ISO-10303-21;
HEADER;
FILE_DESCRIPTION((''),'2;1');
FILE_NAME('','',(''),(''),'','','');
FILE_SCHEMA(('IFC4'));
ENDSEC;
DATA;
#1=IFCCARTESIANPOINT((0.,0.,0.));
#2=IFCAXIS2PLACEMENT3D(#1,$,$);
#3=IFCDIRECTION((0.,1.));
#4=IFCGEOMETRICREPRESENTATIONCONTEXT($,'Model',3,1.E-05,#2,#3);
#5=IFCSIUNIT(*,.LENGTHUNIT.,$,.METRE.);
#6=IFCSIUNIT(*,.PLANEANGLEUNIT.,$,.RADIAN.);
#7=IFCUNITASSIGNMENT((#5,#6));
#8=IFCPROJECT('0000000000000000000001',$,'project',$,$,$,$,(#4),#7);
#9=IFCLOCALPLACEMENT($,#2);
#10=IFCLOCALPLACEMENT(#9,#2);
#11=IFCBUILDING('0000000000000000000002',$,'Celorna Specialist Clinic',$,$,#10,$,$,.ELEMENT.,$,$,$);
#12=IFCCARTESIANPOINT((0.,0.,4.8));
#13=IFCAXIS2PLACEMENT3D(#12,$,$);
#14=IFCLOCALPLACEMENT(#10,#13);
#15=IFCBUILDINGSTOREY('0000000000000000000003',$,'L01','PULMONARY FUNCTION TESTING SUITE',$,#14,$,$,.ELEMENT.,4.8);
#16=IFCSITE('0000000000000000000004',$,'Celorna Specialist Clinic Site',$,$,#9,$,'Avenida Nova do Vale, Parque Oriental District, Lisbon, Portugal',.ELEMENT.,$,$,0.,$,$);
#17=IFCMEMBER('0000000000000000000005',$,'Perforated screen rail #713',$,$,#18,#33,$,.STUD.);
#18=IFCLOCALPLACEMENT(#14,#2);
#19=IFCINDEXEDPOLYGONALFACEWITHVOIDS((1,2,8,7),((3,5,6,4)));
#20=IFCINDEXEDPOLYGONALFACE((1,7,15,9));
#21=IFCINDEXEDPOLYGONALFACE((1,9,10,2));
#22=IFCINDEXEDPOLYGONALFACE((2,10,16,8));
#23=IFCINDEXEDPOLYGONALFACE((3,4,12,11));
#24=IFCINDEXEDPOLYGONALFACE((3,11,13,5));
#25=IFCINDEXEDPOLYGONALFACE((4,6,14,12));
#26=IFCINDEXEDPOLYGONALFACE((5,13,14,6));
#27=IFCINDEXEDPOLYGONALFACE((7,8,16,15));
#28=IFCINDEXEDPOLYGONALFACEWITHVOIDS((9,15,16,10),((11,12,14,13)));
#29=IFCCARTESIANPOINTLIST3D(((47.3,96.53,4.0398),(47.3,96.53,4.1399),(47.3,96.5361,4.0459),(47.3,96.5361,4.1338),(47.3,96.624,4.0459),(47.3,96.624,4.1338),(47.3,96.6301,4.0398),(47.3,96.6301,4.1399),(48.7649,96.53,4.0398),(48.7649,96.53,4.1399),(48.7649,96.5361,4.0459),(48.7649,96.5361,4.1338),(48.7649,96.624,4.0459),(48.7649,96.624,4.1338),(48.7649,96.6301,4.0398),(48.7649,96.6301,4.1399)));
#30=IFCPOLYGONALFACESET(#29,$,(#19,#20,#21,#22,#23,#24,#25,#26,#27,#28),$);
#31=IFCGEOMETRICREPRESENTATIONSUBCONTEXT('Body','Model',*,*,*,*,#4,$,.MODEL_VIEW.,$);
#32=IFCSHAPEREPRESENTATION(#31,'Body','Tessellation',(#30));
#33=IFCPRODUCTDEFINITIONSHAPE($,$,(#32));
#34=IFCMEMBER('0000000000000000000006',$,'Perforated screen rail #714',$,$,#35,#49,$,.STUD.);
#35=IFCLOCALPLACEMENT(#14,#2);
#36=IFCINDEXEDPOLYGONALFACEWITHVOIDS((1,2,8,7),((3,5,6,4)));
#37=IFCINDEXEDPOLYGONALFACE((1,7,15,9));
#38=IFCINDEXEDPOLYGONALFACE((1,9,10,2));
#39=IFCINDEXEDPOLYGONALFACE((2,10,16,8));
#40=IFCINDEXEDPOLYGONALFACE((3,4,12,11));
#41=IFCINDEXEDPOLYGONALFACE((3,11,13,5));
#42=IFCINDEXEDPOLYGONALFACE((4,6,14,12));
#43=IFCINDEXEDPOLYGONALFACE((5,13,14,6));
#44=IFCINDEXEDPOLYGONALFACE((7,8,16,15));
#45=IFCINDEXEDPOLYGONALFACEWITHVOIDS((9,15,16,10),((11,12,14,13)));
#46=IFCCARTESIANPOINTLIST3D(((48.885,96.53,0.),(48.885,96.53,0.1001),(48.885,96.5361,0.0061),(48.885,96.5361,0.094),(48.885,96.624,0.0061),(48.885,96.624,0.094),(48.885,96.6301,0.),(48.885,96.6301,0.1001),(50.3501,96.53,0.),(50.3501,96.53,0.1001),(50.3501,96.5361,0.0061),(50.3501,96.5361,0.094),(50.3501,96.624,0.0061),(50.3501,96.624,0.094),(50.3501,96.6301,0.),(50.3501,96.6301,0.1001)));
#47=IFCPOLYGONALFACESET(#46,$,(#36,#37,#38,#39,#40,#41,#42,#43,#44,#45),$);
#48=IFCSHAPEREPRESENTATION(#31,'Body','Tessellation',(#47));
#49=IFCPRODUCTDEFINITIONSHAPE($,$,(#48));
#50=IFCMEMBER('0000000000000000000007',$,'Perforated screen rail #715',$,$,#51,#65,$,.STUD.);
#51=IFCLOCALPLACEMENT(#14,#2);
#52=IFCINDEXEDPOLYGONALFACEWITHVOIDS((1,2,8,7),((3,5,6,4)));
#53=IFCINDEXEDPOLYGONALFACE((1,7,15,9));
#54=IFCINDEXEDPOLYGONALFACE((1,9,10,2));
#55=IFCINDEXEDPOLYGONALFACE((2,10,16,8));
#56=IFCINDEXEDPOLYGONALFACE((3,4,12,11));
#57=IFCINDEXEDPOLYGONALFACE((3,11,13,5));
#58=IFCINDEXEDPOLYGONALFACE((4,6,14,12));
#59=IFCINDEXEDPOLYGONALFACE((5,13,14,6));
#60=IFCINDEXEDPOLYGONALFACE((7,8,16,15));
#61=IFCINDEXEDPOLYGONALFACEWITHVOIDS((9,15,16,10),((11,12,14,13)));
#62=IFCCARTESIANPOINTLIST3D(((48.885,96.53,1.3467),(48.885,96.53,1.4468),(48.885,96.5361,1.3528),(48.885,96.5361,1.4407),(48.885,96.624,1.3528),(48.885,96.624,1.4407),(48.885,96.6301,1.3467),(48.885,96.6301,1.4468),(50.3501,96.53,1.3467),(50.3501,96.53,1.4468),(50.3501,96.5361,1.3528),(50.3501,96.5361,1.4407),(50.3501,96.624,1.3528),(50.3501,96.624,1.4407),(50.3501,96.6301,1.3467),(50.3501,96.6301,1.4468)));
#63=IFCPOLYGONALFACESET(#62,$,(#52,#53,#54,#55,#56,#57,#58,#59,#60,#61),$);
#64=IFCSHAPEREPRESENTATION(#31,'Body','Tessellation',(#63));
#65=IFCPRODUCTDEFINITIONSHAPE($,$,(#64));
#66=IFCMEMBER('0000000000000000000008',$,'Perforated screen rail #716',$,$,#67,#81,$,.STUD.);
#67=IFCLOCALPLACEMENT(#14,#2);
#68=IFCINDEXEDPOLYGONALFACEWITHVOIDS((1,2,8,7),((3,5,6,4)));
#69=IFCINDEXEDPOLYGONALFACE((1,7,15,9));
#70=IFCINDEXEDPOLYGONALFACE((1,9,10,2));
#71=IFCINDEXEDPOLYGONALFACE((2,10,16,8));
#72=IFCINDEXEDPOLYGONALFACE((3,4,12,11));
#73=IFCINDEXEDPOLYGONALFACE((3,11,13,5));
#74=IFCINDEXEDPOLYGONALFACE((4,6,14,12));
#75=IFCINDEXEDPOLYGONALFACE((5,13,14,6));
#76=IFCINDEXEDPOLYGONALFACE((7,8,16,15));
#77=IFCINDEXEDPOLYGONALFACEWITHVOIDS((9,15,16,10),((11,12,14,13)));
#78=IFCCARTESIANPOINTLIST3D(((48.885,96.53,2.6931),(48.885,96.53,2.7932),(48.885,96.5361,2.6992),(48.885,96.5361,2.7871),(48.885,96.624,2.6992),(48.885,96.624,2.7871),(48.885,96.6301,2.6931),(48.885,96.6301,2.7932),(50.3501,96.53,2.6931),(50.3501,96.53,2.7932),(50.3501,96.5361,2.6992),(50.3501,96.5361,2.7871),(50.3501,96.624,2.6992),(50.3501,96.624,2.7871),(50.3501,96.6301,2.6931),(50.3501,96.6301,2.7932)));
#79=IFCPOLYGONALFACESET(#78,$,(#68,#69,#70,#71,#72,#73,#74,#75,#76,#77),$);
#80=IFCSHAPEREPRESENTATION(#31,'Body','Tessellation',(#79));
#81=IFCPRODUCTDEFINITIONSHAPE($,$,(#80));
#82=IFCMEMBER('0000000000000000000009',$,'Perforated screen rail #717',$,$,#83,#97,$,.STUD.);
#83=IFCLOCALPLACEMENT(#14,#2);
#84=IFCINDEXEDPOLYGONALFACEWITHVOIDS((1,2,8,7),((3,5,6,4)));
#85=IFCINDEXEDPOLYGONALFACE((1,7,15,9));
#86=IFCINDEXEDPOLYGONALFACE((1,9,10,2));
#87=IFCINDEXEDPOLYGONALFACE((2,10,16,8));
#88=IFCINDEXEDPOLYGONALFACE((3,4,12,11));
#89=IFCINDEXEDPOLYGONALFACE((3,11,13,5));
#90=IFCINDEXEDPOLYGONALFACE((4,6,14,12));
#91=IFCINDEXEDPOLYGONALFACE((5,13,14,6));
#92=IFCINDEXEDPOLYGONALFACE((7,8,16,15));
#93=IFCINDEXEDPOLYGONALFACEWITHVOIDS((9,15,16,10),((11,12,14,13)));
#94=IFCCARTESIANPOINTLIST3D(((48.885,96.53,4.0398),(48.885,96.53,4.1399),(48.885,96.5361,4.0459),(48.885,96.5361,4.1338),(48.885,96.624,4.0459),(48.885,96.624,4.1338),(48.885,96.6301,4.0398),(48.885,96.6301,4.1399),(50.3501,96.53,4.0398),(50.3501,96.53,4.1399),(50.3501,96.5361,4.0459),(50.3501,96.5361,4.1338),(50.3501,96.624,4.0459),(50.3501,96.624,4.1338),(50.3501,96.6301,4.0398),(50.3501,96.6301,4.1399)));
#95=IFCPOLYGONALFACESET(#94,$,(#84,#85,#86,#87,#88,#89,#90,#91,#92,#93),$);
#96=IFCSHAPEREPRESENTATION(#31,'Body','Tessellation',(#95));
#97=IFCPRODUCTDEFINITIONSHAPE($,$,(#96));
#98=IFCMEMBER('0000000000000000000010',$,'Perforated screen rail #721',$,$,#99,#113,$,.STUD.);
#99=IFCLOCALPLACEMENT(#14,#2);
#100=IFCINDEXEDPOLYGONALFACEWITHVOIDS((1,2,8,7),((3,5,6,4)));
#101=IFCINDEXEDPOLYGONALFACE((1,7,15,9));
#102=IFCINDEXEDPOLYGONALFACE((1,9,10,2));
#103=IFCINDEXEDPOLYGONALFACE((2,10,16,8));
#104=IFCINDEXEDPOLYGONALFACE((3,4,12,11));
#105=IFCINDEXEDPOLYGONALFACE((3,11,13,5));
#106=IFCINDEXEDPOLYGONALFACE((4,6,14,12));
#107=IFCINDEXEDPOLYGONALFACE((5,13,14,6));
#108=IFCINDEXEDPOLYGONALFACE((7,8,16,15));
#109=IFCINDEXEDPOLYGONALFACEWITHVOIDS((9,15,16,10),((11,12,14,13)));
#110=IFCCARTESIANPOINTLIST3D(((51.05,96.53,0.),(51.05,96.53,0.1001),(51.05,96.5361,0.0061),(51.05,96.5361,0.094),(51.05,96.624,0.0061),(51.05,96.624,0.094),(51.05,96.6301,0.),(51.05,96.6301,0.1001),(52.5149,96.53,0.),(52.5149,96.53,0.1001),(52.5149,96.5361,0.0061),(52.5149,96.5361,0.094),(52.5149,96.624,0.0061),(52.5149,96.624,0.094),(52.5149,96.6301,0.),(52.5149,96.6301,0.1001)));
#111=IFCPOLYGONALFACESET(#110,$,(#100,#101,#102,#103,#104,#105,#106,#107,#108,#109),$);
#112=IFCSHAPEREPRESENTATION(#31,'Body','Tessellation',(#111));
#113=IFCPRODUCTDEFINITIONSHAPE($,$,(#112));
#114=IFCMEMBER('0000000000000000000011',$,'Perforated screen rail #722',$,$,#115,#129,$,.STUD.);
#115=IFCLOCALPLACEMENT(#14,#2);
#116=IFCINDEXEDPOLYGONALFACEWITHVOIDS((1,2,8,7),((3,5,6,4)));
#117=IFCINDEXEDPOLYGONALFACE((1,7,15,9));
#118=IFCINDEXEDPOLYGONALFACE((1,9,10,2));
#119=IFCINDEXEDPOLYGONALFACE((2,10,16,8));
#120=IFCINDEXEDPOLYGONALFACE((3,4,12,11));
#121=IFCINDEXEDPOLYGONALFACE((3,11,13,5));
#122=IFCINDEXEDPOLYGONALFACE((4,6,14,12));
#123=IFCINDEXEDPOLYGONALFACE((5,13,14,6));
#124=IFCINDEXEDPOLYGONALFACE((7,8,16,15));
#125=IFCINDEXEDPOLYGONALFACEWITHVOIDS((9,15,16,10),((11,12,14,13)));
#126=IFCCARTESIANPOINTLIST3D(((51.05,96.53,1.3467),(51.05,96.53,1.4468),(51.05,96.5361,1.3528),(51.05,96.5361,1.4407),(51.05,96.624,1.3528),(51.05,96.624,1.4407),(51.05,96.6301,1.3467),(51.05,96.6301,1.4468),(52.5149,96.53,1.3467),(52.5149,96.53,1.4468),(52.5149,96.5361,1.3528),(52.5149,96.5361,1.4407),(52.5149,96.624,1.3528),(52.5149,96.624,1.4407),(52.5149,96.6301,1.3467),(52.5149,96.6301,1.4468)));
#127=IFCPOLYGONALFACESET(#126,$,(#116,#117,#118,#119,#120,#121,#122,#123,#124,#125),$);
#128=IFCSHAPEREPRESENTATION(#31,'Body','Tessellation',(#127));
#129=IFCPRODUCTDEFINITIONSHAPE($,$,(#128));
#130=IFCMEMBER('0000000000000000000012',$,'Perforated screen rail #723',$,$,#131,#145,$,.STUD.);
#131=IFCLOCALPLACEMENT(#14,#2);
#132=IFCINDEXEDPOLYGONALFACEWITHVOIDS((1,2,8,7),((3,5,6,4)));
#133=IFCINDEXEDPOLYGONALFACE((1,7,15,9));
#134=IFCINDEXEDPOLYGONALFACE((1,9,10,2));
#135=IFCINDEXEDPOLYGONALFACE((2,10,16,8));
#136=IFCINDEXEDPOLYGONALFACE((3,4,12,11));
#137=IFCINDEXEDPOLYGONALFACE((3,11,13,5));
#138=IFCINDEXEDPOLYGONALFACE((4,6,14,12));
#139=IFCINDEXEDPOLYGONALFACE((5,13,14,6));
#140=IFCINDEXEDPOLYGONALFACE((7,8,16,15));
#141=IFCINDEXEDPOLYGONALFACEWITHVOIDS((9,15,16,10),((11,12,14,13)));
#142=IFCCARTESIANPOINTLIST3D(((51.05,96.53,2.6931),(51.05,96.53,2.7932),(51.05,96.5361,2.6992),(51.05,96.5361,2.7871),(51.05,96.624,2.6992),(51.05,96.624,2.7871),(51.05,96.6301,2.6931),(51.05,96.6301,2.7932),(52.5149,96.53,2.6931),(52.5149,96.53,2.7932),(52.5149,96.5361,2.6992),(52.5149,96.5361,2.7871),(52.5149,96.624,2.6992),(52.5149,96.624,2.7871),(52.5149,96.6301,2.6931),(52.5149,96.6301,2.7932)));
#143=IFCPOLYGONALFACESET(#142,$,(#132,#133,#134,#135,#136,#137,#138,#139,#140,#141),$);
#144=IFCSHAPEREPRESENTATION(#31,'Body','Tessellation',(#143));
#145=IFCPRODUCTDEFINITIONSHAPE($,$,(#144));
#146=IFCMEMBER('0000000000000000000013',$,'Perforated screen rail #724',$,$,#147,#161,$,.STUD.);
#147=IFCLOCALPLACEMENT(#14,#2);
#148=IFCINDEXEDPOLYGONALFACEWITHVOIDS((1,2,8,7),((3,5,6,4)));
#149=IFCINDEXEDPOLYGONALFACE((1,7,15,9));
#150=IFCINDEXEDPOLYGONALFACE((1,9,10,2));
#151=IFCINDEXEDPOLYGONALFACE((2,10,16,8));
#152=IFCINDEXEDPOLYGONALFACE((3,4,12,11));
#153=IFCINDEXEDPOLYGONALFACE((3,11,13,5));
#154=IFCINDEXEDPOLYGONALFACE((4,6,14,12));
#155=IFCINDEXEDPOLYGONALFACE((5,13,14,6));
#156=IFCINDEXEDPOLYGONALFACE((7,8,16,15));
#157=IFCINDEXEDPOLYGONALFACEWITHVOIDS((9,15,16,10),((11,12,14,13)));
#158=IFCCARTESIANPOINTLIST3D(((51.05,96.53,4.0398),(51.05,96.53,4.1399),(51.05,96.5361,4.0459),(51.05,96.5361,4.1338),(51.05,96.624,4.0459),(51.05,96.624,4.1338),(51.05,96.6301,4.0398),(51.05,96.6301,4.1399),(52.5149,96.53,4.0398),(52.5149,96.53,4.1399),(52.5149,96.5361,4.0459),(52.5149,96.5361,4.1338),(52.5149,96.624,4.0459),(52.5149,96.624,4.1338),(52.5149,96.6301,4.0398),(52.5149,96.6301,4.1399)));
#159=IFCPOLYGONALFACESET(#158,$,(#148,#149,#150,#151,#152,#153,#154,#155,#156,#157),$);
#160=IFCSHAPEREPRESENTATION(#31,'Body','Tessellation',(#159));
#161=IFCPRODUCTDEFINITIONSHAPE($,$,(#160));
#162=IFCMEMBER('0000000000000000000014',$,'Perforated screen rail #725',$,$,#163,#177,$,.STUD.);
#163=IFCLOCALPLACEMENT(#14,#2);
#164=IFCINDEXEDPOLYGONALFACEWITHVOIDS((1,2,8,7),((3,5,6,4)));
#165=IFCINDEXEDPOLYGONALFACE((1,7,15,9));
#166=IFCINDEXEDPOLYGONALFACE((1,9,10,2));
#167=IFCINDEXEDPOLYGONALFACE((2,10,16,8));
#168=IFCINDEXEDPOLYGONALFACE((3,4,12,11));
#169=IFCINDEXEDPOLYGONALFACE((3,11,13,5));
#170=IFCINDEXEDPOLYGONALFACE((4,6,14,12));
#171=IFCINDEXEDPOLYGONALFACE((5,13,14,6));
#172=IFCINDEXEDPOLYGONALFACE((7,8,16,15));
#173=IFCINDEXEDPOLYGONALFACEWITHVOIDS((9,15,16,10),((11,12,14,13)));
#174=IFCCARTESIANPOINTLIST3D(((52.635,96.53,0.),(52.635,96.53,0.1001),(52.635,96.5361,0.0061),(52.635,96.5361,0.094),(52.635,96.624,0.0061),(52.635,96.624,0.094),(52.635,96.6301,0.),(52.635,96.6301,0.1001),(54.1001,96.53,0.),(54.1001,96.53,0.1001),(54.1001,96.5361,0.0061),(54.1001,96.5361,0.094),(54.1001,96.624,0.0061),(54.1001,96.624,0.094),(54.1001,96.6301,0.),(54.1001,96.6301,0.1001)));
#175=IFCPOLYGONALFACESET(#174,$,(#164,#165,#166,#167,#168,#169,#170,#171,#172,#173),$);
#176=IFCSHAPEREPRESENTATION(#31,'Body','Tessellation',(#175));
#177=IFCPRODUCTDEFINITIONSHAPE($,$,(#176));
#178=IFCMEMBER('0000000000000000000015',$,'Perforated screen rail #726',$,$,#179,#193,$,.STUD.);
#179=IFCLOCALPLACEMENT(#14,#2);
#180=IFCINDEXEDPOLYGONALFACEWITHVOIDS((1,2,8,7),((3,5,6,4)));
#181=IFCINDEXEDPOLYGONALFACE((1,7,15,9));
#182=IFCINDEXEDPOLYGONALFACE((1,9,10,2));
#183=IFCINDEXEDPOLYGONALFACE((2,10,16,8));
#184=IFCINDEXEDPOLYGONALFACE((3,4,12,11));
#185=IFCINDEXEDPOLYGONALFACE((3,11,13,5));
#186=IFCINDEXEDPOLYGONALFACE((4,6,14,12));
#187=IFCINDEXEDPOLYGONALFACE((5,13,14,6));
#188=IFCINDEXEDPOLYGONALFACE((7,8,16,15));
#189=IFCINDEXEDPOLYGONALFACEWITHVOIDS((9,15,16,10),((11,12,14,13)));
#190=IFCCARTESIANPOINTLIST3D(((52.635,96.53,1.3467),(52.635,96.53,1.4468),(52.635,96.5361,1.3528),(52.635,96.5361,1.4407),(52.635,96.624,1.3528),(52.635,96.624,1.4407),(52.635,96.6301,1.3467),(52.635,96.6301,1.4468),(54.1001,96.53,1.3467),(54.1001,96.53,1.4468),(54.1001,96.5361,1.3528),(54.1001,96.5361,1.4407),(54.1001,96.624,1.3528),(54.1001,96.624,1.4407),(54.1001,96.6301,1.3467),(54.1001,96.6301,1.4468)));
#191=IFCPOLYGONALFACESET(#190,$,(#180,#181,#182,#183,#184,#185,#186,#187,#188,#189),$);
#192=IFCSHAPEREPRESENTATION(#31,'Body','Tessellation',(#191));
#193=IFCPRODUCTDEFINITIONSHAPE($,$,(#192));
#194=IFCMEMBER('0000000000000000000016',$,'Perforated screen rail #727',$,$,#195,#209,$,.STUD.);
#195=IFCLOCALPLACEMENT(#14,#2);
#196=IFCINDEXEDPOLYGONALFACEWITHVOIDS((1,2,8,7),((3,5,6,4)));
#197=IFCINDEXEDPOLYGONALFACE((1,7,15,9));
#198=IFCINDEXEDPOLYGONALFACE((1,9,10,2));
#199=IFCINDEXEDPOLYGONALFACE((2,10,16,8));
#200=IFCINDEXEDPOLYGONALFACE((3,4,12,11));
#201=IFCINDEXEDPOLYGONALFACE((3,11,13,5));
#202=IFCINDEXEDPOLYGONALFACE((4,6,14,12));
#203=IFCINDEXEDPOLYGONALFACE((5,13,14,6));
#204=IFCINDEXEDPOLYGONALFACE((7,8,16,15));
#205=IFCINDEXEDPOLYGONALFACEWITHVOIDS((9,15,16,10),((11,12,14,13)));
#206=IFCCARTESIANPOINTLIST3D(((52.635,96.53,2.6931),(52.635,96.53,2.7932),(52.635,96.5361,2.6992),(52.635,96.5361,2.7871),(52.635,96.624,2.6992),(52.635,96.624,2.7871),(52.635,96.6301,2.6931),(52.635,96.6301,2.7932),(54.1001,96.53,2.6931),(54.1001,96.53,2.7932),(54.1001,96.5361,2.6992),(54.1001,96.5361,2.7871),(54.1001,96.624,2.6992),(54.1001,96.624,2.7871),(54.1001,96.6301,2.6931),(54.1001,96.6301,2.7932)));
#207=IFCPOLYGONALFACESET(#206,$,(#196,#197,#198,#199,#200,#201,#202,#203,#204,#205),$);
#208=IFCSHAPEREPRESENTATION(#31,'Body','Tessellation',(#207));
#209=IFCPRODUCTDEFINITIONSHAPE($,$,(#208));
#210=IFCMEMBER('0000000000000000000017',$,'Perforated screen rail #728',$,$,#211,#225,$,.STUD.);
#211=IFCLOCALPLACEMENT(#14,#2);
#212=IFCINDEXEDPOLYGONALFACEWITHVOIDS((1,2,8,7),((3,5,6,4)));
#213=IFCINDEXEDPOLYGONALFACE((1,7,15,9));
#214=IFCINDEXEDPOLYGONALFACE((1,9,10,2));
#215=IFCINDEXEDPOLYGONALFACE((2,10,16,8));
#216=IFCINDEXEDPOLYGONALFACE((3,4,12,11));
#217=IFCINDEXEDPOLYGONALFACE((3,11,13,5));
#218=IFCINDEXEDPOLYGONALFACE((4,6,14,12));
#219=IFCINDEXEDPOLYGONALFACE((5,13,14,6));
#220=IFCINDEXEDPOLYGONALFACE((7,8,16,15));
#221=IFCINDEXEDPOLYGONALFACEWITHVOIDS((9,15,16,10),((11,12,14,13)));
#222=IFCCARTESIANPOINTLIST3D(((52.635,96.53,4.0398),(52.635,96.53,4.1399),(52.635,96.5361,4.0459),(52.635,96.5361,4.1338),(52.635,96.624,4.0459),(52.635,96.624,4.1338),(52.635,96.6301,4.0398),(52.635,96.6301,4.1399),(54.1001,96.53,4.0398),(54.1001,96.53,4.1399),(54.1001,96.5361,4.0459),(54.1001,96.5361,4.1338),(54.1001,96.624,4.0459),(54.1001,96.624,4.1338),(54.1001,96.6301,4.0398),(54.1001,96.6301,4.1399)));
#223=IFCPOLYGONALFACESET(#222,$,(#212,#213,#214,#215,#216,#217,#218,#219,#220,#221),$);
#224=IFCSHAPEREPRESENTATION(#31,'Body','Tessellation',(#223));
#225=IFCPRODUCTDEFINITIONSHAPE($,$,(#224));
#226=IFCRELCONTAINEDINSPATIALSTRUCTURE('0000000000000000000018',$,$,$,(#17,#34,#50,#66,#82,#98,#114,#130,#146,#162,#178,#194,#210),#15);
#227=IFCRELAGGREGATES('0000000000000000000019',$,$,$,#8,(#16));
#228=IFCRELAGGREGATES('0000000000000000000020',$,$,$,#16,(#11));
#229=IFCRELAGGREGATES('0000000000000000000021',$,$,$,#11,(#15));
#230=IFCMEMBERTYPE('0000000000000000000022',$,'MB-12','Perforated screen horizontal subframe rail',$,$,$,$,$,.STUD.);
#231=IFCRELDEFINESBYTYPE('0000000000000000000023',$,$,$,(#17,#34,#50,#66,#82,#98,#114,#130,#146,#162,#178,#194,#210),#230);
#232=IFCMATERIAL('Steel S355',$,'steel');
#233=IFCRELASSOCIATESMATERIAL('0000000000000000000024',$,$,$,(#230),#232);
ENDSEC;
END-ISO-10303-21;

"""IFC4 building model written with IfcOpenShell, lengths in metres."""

from ifc_helpers import new_model, si_unit, direction, frame, origin, origin_2d, place, context, subcontext, project, spatial, hollow_rectangle, extrude, material, material_profile, profile_set, type_object, element, save


model = new_model("IFC4")

# Units and contexts
model_context = context("Model", 3, precision=1e-05, world=origin(), true_north=direction((0.0, 1.0)))
body_context = subcontext(model_context, "Body", "Model", "MODEL_VIEW")
ifc_project = project(units=[si_unit("LENGTHUNIT", "METRE"), si_unit("PLANEANGLEUNIT", "RADIAN")], contexts=[model_context])

# Site, building, storey
site_placement = place(None, origin())
site = spatial("IfcSite", under=ifc_project, at=site_placement, Name="Celorna Specialist Clinic Site", LongName="Avenida Nova do Vale, Parque Oriental District, Lisbon, Portugal", CompositionType="ELEMENT", RefElevation=0.0)
building_placement = place(site_placement, origin())
building = spatial("IfcBuilding", under=site, at=building_placement, Name="Celorna Specialist Clinic", CompositionType="ELEMENT")
storey_placement = place(building_placement, frame((0.0, 0.0, 4.8)))
storey = spatial("IfcBuildingStorey", under=building, at=storey_placement, Name="L01", Description="PULMONARY FUNCTION TESTING SUITE", CompositionType="ELEMENT", Elevation=4.8)

# Shared definitions
ifc_material_1 = material(Name="Steel S355", Category="steel")

# Members
ifc_material_profile_1 = material_profile(ifc_material_1, hollow_rectangle(XDim=0.1001, YDim=0.1001, WallThickness=0.0061, at=origin_2d()), Name="SHS 100x100x6")
ifc_profile_set_1 = profile_set([ifc_material_profile_1], Name="Steel S355")
member_type_1 = type_object("IfcMemberType", Name="MB-12", Description="Perforated screen horizontal subframe rail", PredefinedType="STUD", material=ifc_profile_set_1)
for number, where, z_axis, x_axis, name in (
    (1, (47.3, 96.5801, 4.0898), (1.0, 0.0, 0.0), (0.0, 1.0, 0.0), "Perforated screen rail #713"),
):
    element("IfcMember", number, at=place(storey_placement, frame(where, z_axis=z_axis, x_axis=x_axis)), inside=storey, type_object=member_type_1, Name=name, PredefinedType="STUD", context=body_context, shape_type="SweptSolid", body=[
        extrude(hollow_rectangle(XDim=0.1001, YDim=0.1001, WallThickness=0.0061, at=origin_2d()), origin(), (0.0, 0.0, 1.0), 1.4648),
    ])
for number, where, z_axis, x_axis, name in (
    (2, (48.885, 96.5801, 0.05), (1.0, 0.0, 0.0), (0.0, 1.0, 0.0), "Perforated screen rail #714"),
    (3, (48.885, 96.5801, 1.3967), (1.0, 0.0, 0.0), (0.0, 1.0, 0.0), "Perforated screen rail #715"),
    (4, (48.885, 96.5801, 2.7432), (1.0, 0.0, 0.0), (0.0, 1.0, 0.0), "Perforated screen rail #716"),
    (5, (48.885, 96.5801, 4.0898), (1.0, 0.0, 0.0), (0.0, 1.0, 0.0), "Perforated screen rail #717"),
):
    element("IfcMember", number, at=place(storey_placement, frame(where, z_axis=z_axis, x_axis=x_axis)), inside=storey, type_object=member_type_1, Name=name, PredefinedType="STUD", context=body_context, shape_type="SweptSolid", body=[
        extrude(hollow_rectangle(XDim=0.1001, YDim=0.1001, WallThickness=0.0061, at=origin_2d()), origin(), (0.0, 0.0, 1.0), 1.4651),
    ])
for number, where, z_axis, x_axis, name in (
    (6, (51.05, 96.5801, 0.05), (1.0, 0.0, 0.0), (0.0, 1.0, 0.0), "Perforated screen rail #721"),
    (7, (51.05, 96.5801, 1.3967), (1.0, 0.0, 0.0), (0.0, 1.0, 0.0), "Perforated screen rail #722"),
    (8, (51.05, 96.5801, 2.7432), (1.0, 0.0, 0.0), (0.0, 1.0, 0.0), "Perforated screen rail #723"),
    (9, (51.05, 96.5801, 4.0898), (1.0, 0.0, 0.0), (0.0, 1.0, 0.0), "Perforated screen rail #724"),
):
    element("IfcMember", number, at=place(storey_placement, frame(where, z_axis=z_axis, x_axis=x_axis)), inside=storey, type_object=member_type_1, Name=name, PredefinedType="STUD", context=body_context, shape_type="SweptSolid", body=[
        extrude(hollow_rectangle(XDim=0.1001, YDim=0.1001, WallThickness=0.0061, at=origin_2d()), origin(), (0.0, 0.0, 1.0), 1.4648),
    ])
for number, where, z_axis, x_axis, name in (
    (10, (52.635, 96.5801, 0.05), (1.0, 0.0, 0.0), (0.0, 1.0, 0.0), "Perforated screen rail #725"),
    (11, (52.635, 96.5801, 1.3967), (1.0, 0.0, 0.0), (0.0, 1.0, 0.0), "Perforated screen rail #726"),
    (12, (52.635, 96.5801, 2.7432), (1.0, 0.0, 0.0), (0.0, 1.0, 0.0), "Perforated screen rail #727"),
    (13, (52.635, 96.5801, 4.0898), (1.0, 0.0, 0.0), (0.0, 1.0, 0.0), "Perforated screen rail #728"),
):
    element("IfcMember", number, at=place(storey_placement, frame(where, z_axis=z_axis, x_axis=x_axis)), inside=storey, type_object=member_type_1, Name=name, PredefinedType="STUD", context=body_context, shape_type="SweptSolid", body=[
        extrude(hollow_rectangle(XDim=0.1001, YDim=0.1001, WallThickness=0.0061, at=origin_2d()), origin(), (0.0, 0.0, 1.0), 1.4651),
    ])

save(model, "model.ifc")
